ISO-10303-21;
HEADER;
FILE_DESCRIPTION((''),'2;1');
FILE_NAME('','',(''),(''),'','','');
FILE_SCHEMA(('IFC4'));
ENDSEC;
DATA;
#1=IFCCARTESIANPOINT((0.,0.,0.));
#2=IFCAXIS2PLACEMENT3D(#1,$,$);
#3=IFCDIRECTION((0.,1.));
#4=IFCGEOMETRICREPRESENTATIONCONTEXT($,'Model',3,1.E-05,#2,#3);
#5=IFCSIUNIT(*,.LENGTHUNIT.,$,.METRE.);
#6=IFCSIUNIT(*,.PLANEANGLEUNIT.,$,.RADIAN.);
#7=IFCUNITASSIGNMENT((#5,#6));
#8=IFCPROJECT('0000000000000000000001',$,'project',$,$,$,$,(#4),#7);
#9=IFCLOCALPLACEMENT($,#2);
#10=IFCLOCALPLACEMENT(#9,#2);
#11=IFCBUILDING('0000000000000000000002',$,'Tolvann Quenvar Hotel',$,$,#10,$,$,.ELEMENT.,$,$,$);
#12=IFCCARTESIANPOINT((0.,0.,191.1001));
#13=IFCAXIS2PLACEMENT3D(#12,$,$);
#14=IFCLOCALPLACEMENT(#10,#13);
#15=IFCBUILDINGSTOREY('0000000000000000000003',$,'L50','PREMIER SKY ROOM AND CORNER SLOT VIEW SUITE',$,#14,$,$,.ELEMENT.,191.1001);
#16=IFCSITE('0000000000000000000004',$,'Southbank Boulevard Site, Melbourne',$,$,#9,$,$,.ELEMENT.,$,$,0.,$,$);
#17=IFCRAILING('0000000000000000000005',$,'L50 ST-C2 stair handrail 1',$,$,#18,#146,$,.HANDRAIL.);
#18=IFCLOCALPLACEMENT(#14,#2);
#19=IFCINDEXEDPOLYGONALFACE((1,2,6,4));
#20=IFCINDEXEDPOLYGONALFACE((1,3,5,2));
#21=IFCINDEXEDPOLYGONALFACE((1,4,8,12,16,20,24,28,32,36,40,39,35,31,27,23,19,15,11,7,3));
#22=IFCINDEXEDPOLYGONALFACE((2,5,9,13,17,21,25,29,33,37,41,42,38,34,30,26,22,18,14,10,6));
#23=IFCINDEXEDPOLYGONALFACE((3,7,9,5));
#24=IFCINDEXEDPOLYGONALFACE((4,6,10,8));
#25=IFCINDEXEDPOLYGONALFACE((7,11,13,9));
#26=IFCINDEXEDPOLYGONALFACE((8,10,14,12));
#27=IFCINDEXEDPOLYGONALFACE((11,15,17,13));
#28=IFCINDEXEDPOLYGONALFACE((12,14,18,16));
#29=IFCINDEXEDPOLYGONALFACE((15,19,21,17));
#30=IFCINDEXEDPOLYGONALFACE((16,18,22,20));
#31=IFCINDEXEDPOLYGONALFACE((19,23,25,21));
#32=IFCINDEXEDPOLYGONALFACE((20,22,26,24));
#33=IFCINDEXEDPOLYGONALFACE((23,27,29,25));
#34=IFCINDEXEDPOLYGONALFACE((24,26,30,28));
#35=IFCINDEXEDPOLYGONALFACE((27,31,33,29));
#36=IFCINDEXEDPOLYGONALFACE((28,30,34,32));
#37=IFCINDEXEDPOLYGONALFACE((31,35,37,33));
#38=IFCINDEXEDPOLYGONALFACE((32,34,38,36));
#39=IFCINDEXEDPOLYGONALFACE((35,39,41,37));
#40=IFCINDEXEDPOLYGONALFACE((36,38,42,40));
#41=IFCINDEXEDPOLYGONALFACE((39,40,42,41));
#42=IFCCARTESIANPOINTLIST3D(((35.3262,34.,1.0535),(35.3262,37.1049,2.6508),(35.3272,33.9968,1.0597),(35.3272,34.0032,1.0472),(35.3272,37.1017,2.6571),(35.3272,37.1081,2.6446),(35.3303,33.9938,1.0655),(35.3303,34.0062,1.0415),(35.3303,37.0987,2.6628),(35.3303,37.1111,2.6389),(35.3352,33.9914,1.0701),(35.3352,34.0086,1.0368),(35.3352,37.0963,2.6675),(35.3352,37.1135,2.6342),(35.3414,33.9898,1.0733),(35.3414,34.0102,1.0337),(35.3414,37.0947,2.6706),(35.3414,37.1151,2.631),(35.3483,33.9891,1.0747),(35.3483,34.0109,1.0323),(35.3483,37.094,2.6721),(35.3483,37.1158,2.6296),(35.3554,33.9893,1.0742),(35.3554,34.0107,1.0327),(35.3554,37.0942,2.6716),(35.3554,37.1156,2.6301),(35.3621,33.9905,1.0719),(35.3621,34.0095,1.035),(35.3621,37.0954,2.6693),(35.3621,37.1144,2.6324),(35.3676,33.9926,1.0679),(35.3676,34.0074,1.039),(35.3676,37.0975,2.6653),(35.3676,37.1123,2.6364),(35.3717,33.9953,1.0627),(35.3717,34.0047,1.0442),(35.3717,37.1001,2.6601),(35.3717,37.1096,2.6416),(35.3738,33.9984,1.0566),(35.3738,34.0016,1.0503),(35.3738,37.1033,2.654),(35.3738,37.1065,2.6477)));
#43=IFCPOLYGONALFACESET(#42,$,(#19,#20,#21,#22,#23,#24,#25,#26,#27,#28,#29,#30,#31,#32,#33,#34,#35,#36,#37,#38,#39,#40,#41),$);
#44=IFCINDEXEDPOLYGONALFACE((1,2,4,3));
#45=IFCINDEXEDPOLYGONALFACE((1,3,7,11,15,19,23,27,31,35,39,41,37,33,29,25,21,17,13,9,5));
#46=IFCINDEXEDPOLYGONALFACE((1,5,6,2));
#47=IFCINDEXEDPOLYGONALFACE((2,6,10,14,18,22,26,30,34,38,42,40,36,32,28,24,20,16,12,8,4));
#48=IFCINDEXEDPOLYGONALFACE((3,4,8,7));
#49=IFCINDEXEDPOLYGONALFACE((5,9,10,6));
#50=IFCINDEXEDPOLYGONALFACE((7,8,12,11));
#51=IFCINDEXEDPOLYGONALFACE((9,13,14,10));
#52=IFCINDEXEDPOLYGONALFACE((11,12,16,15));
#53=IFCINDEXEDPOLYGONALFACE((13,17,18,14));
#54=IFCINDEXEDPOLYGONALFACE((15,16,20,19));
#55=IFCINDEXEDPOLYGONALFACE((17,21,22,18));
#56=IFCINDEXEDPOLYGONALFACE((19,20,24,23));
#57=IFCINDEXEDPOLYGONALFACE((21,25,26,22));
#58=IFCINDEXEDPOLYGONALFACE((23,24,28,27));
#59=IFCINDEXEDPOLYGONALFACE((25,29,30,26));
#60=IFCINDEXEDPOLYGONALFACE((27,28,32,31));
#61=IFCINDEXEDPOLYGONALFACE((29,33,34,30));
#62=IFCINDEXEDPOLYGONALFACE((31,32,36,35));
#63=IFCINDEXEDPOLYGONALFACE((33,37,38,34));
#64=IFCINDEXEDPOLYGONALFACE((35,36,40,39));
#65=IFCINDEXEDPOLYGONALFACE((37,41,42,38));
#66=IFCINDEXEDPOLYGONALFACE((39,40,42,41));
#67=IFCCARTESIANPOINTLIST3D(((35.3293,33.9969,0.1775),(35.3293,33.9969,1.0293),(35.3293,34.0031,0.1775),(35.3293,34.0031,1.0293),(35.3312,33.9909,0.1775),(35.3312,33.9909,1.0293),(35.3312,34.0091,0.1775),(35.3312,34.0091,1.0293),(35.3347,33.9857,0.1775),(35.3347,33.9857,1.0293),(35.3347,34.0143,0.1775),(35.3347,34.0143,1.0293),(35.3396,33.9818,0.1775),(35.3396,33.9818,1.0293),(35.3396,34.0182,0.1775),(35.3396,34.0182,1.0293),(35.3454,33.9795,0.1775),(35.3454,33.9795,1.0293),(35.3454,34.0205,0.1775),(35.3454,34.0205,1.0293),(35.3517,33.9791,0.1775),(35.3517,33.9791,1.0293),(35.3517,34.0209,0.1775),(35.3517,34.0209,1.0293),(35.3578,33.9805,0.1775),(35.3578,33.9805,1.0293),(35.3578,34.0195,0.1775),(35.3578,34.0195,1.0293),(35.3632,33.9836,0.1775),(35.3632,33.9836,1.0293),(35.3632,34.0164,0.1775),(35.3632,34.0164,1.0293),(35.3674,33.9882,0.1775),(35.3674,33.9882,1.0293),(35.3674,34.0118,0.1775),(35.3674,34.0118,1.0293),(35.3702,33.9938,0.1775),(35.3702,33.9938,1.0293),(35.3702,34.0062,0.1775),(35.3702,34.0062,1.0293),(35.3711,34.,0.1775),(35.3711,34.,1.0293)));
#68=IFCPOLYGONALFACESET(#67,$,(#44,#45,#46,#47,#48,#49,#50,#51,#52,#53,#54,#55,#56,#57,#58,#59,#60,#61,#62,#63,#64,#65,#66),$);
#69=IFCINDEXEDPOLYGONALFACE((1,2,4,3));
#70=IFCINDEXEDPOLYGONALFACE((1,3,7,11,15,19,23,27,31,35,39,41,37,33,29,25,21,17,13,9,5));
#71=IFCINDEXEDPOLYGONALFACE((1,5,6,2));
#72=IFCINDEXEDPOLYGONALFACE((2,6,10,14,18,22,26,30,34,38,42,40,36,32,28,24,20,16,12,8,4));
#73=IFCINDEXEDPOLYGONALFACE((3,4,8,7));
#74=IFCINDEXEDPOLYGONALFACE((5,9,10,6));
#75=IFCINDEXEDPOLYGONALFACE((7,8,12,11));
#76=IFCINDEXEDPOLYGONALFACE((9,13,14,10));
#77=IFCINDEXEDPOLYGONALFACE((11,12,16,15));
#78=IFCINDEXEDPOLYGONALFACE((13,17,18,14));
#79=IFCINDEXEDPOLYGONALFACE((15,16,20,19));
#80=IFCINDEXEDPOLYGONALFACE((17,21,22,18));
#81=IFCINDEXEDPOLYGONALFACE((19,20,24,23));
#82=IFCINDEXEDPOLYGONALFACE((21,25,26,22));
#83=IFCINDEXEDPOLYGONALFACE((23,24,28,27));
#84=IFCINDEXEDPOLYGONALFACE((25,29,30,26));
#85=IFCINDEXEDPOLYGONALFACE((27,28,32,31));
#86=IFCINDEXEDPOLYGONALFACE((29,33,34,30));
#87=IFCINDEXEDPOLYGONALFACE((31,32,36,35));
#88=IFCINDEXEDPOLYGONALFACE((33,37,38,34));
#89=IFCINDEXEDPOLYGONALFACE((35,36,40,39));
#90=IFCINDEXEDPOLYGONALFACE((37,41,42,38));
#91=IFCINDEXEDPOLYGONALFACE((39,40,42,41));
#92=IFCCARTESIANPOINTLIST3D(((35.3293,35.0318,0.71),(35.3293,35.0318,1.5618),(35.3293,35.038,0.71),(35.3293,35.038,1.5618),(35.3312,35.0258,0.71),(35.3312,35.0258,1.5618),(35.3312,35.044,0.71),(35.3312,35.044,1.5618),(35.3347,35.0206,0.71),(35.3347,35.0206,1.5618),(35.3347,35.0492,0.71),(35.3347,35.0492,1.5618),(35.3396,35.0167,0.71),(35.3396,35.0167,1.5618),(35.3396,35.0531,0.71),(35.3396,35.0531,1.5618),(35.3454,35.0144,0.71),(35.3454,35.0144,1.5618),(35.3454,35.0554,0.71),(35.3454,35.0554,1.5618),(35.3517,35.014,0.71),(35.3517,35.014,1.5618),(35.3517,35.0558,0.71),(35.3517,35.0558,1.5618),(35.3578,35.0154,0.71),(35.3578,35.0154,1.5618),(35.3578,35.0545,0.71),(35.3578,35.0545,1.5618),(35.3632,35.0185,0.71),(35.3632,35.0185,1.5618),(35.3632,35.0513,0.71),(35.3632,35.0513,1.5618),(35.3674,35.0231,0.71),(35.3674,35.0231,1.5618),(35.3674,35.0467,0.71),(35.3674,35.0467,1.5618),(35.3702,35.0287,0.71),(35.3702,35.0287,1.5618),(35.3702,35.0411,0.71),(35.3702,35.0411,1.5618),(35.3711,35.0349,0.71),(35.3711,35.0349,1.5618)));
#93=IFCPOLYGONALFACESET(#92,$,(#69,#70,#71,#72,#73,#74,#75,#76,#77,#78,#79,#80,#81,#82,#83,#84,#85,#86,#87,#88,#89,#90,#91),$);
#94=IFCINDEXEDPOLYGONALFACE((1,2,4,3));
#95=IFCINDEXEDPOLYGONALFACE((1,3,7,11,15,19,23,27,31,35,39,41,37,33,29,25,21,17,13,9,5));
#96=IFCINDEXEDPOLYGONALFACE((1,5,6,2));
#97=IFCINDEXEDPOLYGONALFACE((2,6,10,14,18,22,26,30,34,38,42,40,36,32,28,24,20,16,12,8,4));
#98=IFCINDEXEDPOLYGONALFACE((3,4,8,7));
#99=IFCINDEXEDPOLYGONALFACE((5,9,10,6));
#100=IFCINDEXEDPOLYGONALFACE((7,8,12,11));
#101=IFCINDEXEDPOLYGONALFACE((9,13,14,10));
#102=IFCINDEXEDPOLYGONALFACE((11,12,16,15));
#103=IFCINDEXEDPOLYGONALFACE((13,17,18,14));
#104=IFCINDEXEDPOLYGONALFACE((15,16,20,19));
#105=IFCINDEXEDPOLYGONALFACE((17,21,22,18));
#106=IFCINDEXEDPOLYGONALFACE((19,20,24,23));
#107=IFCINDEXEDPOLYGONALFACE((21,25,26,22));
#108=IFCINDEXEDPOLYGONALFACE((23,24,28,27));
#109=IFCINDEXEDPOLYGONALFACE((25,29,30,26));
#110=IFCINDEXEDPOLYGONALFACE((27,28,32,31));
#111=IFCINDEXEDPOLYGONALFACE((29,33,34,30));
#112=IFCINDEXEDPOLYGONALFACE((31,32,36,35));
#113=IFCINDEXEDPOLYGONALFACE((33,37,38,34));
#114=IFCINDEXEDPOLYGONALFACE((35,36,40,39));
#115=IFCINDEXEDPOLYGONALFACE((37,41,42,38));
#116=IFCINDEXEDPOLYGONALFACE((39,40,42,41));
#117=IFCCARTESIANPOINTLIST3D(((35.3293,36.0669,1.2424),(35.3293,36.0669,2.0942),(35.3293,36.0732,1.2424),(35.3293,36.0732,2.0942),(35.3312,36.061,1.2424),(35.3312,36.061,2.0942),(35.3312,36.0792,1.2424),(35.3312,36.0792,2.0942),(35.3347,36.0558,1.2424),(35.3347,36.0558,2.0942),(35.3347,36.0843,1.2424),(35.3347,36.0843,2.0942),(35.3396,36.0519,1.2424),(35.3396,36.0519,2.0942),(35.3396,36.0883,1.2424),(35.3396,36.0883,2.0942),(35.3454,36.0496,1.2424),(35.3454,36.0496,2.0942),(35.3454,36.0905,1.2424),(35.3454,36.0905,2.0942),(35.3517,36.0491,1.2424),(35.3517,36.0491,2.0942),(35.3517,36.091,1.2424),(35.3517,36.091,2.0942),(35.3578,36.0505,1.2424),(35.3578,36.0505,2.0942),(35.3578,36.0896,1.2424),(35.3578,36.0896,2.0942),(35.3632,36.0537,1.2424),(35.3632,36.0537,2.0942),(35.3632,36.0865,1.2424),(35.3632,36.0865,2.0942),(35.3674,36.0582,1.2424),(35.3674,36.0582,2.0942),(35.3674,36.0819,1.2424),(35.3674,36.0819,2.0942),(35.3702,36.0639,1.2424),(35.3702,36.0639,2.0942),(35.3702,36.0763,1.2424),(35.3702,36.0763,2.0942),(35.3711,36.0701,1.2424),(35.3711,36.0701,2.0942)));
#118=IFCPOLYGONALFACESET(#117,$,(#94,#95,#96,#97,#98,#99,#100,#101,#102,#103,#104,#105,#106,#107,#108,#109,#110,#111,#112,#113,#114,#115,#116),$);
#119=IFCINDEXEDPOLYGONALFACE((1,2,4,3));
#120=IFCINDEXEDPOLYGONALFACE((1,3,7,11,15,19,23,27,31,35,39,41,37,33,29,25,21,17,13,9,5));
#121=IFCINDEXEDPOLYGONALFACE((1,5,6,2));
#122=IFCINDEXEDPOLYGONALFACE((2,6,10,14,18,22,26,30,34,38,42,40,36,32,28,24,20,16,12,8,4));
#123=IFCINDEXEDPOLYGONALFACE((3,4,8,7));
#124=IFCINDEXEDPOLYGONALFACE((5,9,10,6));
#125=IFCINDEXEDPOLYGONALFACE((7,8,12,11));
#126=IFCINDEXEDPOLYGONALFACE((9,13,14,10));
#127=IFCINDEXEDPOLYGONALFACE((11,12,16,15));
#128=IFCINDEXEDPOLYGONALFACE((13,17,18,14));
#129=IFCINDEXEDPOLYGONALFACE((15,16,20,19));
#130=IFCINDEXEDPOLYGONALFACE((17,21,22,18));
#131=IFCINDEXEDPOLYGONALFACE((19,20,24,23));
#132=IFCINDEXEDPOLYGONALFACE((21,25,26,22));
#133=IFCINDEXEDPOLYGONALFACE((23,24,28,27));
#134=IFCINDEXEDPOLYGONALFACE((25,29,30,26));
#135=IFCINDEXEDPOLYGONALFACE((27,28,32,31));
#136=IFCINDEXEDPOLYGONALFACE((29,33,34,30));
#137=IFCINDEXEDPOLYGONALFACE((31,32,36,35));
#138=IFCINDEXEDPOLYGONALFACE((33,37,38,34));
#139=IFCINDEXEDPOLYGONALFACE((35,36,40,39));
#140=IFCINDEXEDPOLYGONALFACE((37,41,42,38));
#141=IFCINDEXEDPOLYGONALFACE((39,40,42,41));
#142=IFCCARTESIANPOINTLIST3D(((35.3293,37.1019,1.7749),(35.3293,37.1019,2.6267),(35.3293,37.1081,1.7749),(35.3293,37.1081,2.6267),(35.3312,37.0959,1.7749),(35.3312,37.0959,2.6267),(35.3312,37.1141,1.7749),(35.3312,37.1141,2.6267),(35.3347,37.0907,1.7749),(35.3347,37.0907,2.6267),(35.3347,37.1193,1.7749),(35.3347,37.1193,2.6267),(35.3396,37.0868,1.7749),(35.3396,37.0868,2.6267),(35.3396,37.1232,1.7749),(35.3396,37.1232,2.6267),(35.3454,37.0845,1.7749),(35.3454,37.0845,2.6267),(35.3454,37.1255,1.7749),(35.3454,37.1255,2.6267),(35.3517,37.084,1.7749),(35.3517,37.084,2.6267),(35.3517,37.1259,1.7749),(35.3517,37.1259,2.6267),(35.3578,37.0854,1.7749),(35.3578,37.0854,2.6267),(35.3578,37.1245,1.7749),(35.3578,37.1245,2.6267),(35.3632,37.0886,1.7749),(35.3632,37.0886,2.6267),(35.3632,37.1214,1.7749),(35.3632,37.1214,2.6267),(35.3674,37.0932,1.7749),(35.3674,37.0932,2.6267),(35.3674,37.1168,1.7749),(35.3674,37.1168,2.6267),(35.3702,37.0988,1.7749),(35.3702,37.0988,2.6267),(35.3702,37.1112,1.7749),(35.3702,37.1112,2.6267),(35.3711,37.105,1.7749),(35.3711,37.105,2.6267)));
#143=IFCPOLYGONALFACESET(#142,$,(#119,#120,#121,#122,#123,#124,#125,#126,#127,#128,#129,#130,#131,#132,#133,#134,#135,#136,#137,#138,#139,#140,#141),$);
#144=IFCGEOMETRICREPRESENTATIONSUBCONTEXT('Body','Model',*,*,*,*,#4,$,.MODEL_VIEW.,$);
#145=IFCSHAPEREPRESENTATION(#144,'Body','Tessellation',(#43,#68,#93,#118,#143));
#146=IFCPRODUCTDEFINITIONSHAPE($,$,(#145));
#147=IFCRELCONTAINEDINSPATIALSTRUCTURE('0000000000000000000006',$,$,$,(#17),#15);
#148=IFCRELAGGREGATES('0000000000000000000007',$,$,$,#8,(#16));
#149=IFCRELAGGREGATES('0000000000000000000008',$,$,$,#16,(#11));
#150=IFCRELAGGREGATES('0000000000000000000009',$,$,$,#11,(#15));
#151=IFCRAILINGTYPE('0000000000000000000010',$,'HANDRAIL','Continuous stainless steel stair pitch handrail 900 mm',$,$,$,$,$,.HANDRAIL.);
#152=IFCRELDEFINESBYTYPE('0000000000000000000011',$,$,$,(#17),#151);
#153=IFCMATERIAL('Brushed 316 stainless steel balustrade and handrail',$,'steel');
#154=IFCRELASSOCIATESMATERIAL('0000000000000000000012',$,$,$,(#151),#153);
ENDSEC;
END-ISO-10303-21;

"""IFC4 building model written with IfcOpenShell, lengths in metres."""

from ifc_helpers import new_model, si_unit, direction, frame, origin, origin_2d, place, context, subcontext, project, spatial, circle, extrude, material, type_object, element, save


model = new_model("IFC4")

# Units and contexts
model_context = context("Model", 3, precision=1e-05, world=origin(), true_north=direction((0.0, 1.0)))
body_context = subcontext(model_context, "Body", "Model", "MODEL_VIEW")
ifc_project = project(units=[si_unit("LENGTHUNIT", "METRE"), si_unit("PLANEANGLEUNIT", "RADIAN")], contexts=[model_context])

# Site, building, storey
site_placement = place(None, origin())
site = spatial("IfcSite", under=ifc_project, at=site_placement, Name="Southbank Boulevard Site, Melbourne", CompositionType="ELEMENT", RefElevation=0.0)
building_placement = place(site_placement, origin())
building = spatial("IfcBuilding", under=site, at=building_placement, Name="Tolvann Quenvar Hotel", CompositionType="ELEMENT")
storey_placement = place(building_placement, frame((0.0, 0.0, 191.1001)))
storey = spatial("IfcBuildingStorey", under=building, at=storey_placement, Name="L50", Description="PREMIER SKY ROOM AND CORNER SLOT VIEW SUITE", CompositionType="ELEMENT", Elevation=191.1001)

# Railing
ifc_material_1 = material(Name="Brushed 316 stainless steel balustrade and handrail", Category="steel")
railing_type_1 = type_object("IfcRailingType", Name="HANDRAIL", Description="Continuous stainless steel stair pitch handrail 900 mm", PredefinedType="HANDRAIL", material=ifc_material_1)
railing_1_placement = place(storey_placement, frame((35.3501, 34.0, 0.1775)))
element("IfcRailing", 1, at=railing_1_placement, inside=storey, type_object=railing_type_1, Name="L50 ST-C2 stair handrail 1", PredefinedType="HANDRAIL", context=body_context, shape_type="SweptSolid", body=[
    extrude(circle(Radius=0.0239, at=origin_2d()), frame((0.0, 0.0, 0.876), z_axis=(0.0, 0.889222, 0.457476), x_axis=(-1.0, 0.0, 0.0)), (0.0, 0.0, 1.0), 3.4917),
    extrude(circle(Radius=0.021, at=origin_2d()), origin(), (0.0, 0.0, 1.0), 0.8518),
    extrude(circle(Radius=0.021, at=origin_2d()), frame((0.0, 1.0349, 0.5325)), (0.0, 0.0, 1.0), 0.8518),
    extrude(circle(Radius=0.021, at=origin_2d()), frame((0.0, 2.0701, 1.0649)), (0.0, 0.0, 1.0), 0.8518),
    extrude(circle(Radius=0.021, at=origin_2d()), frame((0.0, 3.105, 1.5974)), (0.0, 0.0, 1.0), 0.8518),
])

save(model, "model.ifc")
